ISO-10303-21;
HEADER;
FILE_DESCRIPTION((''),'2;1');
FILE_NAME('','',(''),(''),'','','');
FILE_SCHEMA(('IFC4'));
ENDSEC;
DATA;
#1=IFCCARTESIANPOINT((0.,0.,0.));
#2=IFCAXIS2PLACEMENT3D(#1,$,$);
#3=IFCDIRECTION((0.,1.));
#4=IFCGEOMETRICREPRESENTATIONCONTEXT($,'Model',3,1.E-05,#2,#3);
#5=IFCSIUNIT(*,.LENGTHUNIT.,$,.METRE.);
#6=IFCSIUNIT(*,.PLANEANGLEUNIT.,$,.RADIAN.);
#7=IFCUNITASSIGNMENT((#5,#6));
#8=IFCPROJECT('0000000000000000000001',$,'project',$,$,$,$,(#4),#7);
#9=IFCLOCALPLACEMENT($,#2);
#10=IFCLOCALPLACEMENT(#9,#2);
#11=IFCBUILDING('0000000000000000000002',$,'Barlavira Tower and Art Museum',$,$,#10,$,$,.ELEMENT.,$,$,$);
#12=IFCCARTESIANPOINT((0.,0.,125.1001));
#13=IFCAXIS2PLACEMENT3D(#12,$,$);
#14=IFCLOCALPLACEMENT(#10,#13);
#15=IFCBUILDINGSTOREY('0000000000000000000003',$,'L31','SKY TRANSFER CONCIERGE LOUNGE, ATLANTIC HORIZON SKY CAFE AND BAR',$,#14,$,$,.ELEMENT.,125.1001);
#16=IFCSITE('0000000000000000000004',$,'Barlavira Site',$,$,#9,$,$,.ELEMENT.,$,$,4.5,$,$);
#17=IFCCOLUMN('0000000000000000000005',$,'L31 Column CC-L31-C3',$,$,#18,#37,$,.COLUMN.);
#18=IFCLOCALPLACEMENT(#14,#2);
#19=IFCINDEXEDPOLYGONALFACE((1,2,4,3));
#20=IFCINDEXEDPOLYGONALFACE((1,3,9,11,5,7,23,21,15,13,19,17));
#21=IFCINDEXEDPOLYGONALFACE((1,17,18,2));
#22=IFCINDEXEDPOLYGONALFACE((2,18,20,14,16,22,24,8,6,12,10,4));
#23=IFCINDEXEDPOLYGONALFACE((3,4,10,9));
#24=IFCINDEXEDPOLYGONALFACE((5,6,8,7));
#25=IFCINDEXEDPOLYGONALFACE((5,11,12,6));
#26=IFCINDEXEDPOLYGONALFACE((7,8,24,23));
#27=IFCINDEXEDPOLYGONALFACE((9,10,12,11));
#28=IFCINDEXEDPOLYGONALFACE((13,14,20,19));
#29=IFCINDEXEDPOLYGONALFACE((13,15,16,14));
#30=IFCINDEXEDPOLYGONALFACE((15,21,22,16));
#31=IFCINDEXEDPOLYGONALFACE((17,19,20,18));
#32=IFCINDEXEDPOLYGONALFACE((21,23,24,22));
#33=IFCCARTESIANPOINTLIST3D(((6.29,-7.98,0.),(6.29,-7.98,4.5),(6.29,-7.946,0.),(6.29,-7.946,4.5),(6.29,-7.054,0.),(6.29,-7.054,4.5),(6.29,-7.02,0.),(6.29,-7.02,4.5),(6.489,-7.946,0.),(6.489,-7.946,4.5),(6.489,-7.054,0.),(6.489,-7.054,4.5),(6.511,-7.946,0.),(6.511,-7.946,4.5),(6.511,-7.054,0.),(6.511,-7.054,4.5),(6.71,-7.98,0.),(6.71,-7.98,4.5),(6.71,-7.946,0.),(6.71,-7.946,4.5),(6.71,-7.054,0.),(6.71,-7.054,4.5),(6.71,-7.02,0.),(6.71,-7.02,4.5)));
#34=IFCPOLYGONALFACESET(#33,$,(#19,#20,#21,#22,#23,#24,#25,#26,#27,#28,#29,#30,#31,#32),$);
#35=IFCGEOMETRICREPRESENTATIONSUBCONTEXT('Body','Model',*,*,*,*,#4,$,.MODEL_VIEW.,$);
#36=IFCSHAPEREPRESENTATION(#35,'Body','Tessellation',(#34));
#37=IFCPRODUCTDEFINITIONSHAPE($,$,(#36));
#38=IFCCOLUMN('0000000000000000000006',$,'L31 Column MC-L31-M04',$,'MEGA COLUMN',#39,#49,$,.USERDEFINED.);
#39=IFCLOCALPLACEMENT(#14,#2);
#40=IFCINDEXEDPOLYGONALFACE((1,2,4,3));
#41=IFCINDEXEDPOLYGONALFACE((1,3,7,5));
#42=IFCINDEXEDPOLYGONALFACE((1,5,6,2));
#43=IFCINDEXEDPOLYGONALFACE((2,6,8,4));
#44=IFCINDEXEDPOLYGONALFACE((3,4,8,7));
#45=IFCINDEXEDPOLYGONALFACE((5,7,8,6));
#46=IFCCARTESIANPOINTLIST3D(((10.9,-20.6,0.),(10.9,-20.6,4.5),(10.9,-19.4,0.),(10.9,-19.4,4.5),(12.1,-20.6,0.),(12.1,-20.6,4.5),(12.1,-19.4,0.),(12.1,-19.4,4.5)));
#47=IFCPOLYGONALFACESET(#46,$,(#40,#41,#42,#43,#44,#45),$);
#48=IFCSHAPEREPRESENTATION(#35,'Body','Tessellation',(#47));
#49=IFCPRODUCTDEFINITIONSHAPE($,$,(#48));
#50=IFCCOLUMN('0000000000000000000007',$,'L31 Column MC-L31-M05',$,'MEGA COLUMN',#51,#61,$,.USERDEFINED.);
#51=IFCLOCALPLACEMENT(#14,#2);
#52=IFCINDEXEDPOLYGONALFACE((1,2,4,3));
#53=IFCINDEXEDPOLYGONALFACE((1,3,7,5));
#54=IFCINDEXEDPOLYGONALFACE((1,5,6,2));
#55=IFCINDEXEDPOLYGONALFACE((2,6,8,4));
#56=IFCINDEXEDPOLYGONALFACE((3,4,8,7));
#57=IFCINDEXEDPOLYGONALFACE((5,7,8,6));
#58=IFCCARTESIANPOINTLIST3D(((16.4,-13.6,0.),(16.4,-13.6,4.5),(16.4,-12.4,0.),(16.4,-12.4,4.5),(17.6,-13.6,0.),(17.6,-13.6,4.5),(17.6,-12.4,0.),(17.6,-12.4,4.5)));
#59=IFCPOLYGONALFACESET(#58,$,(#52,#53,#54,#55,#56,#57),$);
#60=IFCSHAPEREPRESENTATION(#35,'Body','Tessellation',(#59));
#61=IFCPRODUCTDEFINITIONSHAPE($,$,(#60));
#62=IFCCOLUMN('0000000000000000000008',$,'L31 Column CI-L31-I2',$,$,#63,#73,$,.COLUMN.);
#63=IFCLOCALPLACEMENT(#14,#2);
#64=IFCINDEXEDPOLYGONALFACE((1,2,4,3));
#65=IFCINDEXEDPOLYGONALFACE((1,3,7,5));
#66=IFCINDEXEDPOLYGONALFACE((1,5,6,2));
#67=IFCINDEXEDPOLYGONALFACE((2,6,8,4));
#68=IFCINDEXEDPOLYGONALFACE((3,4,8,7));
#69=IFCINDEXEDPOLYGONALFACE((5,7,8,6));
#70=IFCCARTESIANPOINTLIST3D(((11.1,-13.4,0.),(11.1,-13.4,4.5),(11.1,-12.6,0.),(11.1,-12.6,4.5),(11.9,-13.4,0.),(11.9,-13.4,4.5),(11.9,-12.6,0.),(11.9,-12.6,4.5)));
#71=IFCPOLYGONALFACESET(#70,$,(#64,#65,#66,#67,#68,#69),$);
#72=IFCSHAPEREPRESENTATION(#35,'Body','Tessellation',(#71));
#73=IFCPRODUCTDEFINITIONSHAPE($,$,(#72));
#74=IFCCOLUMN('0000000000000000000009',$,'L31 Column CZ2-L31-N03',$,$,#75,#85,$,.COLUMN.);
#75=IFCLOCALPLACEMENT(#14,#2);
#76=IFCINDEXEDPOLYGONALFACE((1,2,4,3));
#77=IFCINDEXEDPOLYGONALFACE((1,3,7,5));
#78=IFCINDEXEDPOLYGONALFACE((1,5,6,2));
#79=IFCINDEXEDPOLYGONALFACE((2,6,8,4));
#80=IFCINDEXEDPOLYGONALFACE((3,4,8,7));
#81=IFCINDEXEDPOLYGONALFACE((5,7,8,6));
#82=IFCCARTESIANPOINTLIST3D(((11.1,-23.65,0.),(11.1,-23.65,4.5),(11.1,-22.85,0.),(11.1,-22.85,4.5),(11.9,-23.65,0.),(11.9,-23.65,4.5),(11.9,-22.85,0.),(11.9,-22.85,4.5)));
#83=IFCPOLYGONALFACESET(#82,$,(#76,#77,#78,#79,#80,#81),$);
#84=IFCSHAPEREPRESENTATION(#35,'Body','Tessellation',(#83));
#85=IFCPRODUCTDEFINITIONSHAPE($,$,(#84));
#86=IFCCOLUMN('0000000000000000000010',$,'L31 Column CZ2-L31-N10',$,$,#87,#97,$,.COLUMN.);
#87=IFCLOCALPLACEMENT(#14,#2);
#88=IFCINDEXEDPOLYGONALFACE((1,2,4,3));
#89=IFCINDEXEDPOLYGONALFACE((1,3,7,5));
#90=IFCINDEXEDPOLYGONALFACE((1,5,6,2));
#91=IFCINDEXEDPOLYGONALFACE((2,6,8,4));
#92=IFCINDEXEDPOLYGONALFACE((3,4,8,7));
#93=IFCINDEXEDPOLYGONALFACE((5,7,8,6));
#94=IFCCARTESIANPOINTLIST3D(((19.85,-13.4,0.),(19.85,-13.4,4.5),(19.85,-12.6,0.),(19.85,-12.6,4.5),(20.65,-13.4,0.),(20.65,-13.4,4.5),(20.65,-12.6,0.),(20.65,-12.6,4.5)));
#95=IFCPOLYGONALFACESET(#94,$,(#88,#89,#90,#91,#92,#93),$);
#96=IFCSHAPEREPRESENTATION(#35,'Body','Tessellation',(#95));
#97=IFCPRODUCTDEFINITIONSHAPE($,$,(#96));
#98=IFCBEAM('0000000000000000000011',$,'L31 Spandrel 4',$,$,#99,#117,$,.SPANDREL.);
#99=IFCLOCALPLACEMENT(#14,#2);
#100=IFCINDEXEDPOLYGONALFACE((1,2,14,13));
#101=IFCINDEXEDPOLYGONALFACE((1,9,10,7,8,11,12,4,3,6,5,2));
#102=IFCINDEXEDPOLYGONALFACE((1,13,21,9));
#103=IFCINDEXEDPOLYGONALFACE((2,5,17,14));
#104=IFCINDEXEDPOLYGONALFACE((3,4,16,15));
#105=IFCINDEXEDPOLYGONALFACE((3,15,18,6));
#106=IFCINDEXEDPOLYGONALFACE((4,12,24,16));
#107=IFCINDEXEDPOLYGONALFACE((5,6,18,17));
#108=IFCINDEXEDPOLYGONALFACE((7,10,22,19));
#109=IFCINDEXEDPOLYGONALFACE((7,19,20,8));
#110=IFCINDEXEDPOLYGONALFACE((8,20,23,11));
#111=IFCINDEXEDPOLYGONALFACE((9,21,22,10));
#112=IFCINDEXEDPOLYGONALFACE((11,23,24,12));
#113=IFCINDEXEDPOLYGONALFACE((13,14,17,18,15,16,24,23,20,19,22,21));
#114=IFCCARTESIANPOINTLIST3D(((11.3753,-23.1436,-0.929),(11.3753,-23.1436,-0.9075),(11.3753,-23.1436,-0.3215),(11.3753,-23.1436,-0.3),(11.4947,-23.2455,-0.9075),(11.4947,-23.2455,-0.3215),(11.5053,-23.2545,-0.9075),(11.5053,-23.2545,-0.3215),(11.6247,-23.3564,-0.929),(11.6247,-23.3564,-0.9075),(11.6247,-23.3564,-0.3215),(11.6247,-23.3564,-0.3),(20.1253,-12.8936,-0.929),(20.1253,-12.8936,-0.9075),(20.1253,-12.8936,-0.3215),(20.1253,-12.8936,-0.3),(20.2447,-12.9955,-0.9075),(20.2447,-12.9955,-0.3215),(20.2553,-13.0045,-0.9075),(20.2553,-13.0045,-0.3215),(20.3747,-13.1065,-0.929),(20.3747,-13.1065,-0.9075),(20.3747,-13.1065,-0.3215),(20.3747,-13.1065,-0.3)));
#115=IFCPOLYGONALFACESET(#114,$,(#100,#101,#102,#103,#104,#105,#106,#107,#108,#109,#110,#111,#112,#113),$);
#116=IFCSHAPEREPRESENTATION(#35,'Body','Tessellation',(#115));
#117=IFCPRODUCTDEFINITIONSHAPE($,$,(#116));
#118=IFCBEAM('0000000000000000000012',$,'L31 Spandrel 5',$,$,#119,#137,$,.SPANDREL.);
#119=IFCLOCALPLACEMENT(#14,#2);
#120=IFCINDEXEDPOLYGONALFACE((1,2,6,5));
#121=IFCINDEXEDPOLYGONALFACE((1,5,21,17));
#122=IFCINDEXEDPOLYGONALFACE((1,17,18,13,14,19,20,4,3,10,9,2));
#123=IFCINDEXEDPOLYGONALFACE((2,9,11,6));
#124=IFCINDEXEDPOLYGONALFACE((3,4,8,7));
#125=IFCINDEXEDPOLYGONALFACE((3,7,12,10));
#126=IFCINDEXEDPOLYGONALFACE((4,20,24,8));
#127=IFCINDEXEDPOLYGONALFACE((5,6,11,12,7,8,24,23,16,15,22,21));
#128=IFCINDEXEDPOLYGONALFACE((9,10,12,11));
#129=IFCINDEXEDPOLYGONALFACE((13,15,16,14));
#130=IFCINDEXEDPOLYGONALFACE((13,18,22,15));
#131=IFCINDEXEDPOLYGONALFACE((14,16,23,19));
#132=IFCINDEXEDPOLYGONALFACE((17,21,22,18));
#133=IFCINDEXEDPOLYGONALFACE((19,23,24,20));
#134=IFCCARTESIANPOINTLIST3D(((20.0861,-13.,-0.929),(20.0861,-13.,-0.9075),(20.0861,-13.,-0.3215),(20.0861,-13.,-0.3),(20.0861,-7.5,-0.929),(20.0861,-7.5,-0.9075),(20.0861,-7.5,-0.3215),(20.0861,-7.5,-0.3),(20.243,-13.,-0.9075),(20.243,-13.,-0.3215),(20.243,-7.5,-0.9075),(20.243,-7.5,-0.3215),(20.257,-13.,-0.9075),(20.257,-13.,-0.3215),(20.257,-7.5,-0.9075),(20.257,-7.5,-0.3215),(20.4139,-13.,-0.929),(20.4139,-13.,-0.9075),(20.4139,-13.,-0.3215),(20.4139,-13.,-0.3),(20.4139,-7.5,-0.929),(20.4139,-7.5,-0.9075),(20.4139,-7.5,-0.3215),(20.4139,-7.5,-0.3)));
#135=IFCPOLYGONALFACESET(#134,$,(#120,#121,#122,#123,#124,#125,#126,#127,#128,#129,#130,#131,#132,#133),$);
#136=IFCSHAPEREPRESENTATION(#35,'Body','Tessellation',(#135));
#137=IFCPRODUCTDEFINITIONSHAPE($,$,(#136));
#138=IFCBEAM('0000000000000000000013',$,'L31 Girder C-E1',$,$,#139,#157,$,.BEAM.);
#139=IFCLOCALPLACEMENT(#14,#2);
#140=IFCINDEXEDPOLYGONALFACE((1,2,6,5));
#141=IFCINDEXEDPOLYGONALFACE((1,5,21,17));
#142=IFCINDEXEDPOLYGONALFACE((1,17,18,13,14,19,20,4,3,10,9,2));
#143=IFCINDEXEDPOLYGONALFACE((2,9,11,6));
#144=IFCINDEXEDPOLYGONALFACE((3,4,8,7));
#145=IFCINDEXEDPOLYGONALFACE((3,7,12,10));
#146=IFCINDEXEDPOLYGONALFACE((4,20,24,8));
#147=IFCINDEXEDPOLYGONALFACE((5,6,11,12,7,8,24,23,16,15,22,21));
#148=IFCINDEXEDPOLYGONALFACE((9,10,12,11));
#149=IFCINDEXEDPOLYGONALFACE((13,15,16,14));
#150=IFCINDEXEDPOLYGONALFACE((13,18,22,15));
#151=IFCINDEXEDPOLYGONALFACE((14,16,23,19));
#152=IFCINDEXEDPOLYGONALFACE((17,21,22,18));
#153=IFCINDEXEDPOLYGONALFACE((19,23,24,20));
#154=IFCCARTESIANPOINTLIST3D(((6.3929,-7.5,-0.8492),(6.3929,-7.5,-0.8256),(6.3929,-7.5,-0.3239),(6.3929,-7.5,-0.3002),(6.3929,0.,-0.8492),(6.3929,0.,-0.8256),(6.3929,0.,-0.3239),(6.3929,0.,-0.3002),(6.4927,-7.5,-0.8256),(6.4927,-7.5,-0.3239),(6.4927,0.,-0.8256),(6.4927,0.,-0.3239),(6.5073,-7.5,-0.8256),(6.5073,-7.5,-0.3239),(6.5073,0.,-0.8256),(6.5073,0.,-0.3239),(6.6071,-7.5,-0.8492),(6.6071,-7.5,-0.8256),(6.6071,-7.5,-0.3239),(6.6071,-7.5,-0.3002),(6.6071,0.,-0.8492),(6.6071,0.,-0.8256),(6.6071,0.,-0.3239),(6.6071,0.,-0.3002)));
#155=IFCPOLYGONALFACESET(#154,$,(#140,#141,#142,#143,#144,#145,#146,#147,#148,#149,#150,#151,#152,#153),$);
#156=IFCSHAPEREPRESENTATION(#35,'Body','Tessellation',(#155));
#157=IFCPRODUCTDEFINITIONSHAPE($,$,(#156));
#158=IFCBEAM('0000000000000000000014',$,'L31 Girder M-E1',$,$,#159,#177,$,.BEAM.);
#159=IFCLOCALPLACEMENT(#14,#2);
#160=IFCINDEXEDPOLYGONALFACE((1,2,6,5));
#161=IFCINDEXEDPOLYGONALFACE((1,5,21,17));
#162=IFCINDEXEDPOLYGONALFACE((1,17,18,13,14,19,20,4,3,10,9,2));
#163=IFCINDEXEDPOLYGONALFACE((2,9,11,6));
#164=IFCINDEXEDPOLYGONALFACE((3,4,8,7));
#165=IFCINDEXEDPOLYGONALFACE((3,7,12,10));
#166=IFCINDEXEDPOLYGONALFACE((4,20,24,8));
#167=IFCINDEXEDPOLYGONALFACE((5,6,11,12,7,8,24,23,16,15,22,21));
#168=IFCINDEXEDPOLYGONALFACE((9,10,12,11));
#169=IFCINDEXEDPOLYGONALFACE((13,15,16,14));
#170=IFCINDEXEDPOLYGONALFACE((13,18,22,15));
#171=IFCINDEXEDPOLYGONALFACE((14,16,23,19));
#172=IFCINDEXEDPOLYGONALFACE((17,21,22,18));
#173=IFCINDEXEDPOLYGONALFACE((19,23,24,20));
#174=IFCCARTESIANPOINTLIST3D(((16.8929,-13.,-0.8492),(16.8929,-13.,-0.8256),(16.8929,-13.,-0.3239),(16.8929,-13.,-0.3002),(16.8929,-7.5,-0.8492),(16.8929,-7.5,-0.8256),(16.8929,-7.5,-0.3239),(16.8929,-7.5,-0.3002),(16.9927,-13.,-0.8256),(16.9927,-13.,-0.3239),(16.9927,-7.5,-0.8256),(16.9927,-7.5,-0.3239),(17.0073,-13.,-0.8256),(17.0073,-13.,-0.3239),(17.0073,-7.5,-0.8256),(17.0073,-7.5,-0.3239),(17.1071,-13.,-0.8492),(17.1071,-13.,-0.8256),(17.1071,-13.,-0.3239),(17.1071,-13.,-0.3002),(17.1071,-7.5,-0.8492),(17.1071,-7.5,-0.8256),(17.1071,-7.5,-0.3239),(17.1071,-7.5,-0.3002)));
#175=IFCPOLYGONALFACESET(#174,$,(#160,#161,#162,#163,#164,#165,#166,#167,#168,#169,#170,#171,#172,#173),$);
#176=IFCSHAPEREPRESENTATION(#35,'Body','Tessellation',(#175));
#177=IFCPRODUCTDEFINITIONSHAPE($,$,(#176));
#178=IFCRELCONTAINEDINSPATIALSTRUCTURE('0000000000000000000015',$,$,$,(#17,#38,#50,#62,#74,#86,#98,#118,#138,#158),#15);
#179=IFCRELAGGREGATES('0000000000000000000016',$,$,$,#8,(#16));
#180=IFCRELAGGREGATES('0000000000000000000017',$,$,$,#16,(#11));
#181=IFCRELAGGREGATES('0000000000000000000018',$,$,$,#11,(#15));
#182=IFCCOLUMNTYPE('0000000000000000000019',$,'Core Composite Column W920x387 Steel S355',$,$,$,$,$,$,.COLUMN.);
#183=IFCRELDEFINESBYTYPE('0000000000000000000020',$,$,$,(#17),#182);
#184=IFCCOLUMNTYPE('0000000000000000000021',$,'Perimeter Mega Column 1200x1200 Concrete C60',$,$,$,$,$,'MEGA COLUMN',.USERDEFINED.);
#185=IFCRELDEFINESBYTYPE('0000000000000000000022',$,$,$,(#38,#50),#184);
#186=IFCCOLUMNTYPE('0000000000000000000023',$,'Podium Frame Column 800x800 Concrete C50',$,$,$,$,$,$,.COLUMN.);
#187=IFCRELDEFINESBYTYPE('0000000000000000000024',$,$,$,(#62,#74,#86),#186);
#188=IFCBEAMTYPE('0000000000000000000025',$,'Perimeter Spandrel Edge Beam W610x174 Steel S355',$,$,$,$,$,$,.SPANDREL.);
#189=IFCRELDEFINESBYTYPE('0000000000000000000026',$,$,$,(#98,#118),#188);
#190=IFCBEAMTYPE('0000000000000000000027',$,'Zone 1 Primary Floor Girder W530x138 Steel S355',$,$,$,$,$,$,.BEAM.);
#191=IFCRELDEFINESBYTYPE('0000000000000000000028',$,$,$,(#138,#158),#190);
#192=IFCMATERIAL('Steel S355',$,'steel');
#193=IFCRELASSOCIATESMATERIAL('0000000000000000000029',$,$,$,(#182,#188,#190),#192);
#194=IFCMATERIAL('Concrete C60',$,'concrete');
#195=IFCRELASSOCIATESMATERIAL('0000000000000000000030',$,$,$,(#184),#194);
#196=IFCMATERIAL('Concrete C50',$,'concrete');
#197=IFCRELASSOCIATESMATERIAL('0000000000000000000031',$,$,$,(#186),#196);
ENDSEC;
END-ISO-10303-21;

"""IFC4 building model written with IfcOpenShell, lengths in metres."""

from ifc_helpers import new_model, si_unit, direction, frame, origin, origin_2d, place, context, subcontext, project, spatial, rectangle, i_section, extrude, material, material_profile, profile_set, type_object, element, save


model = new_model("IFC4")

# Units and contexts
model_context = context("Model", 3, precision=1e-05, world=origin(), true_north=direction((0.0, 1.0)))
body_context = subcontext(model_context, "Body", "Model", "MODEL_VIEW")
ifc_project = project(units=[si_unit("LENGTHUNIT", "METRE"), si_unit("PLANEANGLEUNIT", "RADIAN")], contexts=[model_context])

# Site, building, storey
site_placement = place(None, origin())
site = spatial("IfcSite", under=ifc_project, at=site_placement, Name="Barlavira Site", CompositionType="ELEMENT", RefElevation=4.5)
building_placement = place(site_placement, origin())
building = spatial("IfcBuilding", under=site, at=building_placement, Name="Barlavira Tower and Art Museum", CompositionType="ELEMENT")
storey_placement = place(building_placement, frame((0.0, 0.0, 125.1001)))
storey = spatial("IfcBuildingStorey", under=building, at=storey_placement, Name="L31", Description="SKY TRANSFER CONCIERGE LOUNGE, ATLANTIC HORIZON SKY CAFE AND BAR", CompositionType="ELEMENT", Elevation=125.1001)

# Columns
ifc_material_1 = material(Name="Steel S355", Category="steel")
ifc_material_profile_1 = material_profile(ifc_material_1, i_section(OverallWidth=0.4199, OverallDepth=0.96, WebThickness=0.022, FlangeThickness=0.0339, at=origin_2d()), Name="W920x387.0")
ifc_profile_set_1 = profile_set([ifc_material_profile_1], Name="Steel S355")
column_type_1 = type_object("IfcColumnType", Name="Core Composite Column W920x387 Steel S355", PredefinedType="COLUMN", material=ifc_profile_set_1)
column_placement = place(storey_placement, frame((6.5, -7.5, 0.0), z_axis=(0.0, 0.0, 1.0), x_axis=(1.0, 0.0, 0.0)))
element("IfcColumn", 1, at=column_placement, inside=storey, type_object=column_type_1, Name="L31 Column CC-L31-C3", PredefinedType="COLUMN", context=body_context, shape_type="SweptSolid", body=[
    extrude(i_section(OverallWidth=0.4199, OverallDepth=0.96, WebThickness=0.022, FlangeThickness=0.0339, at=origin_2d()), origin(), (0.0, 0.0, 1.0), 4.5),
])
ifc_material_2 = material(Name="Concrete C60", Category="concrete")
ifc_material_profile_2 = material_profile(ifc_material_2, rectangle(XDim=1.2, YDim=1.2, at=origin_2d()), Name="RC-COL 1200x1200")
ifc_profile_set_2 = profile_set([ifc_material_profile_2], Name="Concrete C60")
column_type_2 = type_object("IfcColumnType", Name="Perimeter Mega Column 1200x1200 Concrete C60", ElementType="MEGA COLUMN", PredefinedType="USERDEFINED", material=ifc_profile_set_2)
for number, where, z_axis, x_axis, name in (
    (2, (11.5, -20.0, 0.0), (0.0, 0.0, 1.0), (1.0, 0.0, 0.0), "L31 Column MC-L31-M04"),
    (3, (17.0, -13.0, 0.0), (0.0, 0.0, 1.0), (1.0, 0.0, 0.0), "L31 Column MC-L31-M05"),
):
    element("IfcColumn", number, at=place(storey_placement, frame(where, z_axis=z_axis, x_axis=x_axis)), inside=storey, type_object=column_type_2, Name=name, ObjectType="MEGA COLUMN", PredefinedType="USERDEFINED", context=body_context, shape_type="SweptSolid", body=[
        extrude(rectangle(XDim=1.2, YDim=1.2, at=origin_2d()), origin(), (0.0, 0.0, 1.0), 4.5),
    ])
ifc_material_3 = material(Name="Concrete C50", Category="concrete")
ifc_material_profile_3 = material_profile(ifc_material_3, rectangle(XDim=0.8, YDim=0.8, at=origin_2d()), Name="RC-COL 800x800")
ifc_profile_set_3 = profile_set([ifc_material_profile_3], Name="Concrete C50")
column_type_3 = type_object("IfcColumnType", Name="Podium Frame Column 800x800 Concrete C50", PredefinedType="COLUMN", material=ifc_profile_set_3)
for number, where, z_axis, x_axis, name in (
    (4, (11.5, -13.0, 0.0), (0.0, 0.0, 1.0), (1.0, 0.0, 0.0), "L31 Column CI-L31-I2"),
    (5, (11.5, -23.25, 0.0), (0.0, 0.0, 1.0), (1.0, 0.0, 0.0), "L31 Column CZ2-L31-N03"),
    (6, (20.25, -13.0, 0.0), (0.0, 0.0, 1.0), (1.0, 0.0, 0.0), "L31 Column CZ2-L31-N10"),
):
    element("IfcColumn", number, at=place(storey_placement, frame(where, z_axis=z_axis, x_axis=x_axis)), inside=storey, type_object=column_type_3, Name=name, PredefinedType="COLUMN", context=body_context, shape_type="SweptSolid", body=[
        extrude(rectangle(XDim=0.8, YDim=0.8, at=origin_2d()), origin(), (0.0, 0.0, 1.0), 4.5),
    ])

# Beams
ifc_material_profile_4 = material_profile(ifc_material_1, i_section(OverallWidth=0.3279, OverallDepth=0.6289, WebThickness=0.0139, FlangeThickness=0.0215, at=origin_2d()), Name="W610x174.0")
ifc_profile_set_4 = profile_set([ifc_material_profile_4], Name="Steel S355")
beam_type_1 = type_object("IfcBeamType", Name="Perimeter Spandrel Edge Beam W610x174 Steel S355", PredefinedType="SPANDREL", material=ifc_profile_set_4)
beam_1_placement = place(storey_placement, frame((11.5, -23.25, -0.6145), z_axis=(0.649262, 0.760565, 0.0), x_axis=(-0.760565, 0.649262, 0.0)))
element("IfcBeam", 7, at=beam_1_placement, inside=storey, type_object=beam_type_1, Name="L31 Spandrel 4", PredefinedType="SPANDREL", context=body_context, shape_type="SweptSolid", body=[
    extrude(i_section(OverallWidth=0.3279, OverallDepth=0.6289, WebThickness=0.0139, FlangeThickness=0.0215, at=origin_2d()), origin(), (0.0, 0.0, 1.0), 13.4768),
])
beam_2_placement = place(storey_placement, frame((20.25, -13.0, -0.6145), z_axis=(0.0, 1.0, 0.0), x_axis=(-1.0, 0.0, 0.0)))
element("IfcBeam", 8, at=beam_2_placement, inside=storey, type_object=beam_type_1, Name="L31 Spandrel 5", PredefinedType="SPANDREL", context=body_context, shape_type="SweptSolid", body=[
    extrude(i_section(OverallWidth=0.3279, OverallDepth=0.6289, WebThickness=0.0139, FlangeThickness=0.0215, at=origin_2d()), origin(), (0.0, 0.0, 1.0), 5.5),
])
ifc_material_profile_5 = material_profile(ifc_material_1, i_section(OverallWidth=0.2141, OverallDepth=0.5491, WebThickness=0.0146, FlangeThickness=0.0237, at=origin_2d()), Name="W530x138.0")
ifc_profile_set_5 = profile_set([ifc_material_profile_5], Name="Steel S355")
beam_type_2 = type_object("IfcBeamType", Name="Zone 1 Primary Floor Girder W530x138 Steel S355", PredefinedType="BEAM", material=ifc_profile_set_5)
beam_3_placement = place(storey_placement, frame((6.5, -7.5, -0.5747), z_axis=(0.0, 1.0, 0.0), x_axis=(-1.0, 0.0, 0.0)))
element("IfcBeam", 9, at=beam_3_placement, inside=storey, type_object=beam_type_2, Name="L31 Girder C-E1", PredefinedType="BEAM", context=body_context, shape_type="SweptSolid", body=[
    extrude(i_section(OverallWidth=0.2141, OverallDepth=0.5491, WebThickness=0.0146, FlangeThickness=0.0237, at=origin_2d()), origin(), (0.0, 0.0, 1.0), 7.5),
])
beam_4_placement = place(storey_placement, frame((17.0, -13.0, -0.5747), z_axis=(0.0, 1.0, 0.0), x_axis=(-1.0, 0.0, 0.0)))
element("IfcBeam", 10, at=beam_4_placement, inside=storey, type_object=beam_type_2, Name="L31 Girder M-E1", PredefinedType="BEAM", context=body_context, shape_type="SweptSolid", body=[
    extrude(i_section(OverallWidth=0.2141, OverallDepth=0.5491, WebThickness=0.0146, FlangeThickness=0.0237, at=origin_2d()), origin(), (0.0, 0.0, 1.0), 5.5),
])

save(model, "model.ifc")
